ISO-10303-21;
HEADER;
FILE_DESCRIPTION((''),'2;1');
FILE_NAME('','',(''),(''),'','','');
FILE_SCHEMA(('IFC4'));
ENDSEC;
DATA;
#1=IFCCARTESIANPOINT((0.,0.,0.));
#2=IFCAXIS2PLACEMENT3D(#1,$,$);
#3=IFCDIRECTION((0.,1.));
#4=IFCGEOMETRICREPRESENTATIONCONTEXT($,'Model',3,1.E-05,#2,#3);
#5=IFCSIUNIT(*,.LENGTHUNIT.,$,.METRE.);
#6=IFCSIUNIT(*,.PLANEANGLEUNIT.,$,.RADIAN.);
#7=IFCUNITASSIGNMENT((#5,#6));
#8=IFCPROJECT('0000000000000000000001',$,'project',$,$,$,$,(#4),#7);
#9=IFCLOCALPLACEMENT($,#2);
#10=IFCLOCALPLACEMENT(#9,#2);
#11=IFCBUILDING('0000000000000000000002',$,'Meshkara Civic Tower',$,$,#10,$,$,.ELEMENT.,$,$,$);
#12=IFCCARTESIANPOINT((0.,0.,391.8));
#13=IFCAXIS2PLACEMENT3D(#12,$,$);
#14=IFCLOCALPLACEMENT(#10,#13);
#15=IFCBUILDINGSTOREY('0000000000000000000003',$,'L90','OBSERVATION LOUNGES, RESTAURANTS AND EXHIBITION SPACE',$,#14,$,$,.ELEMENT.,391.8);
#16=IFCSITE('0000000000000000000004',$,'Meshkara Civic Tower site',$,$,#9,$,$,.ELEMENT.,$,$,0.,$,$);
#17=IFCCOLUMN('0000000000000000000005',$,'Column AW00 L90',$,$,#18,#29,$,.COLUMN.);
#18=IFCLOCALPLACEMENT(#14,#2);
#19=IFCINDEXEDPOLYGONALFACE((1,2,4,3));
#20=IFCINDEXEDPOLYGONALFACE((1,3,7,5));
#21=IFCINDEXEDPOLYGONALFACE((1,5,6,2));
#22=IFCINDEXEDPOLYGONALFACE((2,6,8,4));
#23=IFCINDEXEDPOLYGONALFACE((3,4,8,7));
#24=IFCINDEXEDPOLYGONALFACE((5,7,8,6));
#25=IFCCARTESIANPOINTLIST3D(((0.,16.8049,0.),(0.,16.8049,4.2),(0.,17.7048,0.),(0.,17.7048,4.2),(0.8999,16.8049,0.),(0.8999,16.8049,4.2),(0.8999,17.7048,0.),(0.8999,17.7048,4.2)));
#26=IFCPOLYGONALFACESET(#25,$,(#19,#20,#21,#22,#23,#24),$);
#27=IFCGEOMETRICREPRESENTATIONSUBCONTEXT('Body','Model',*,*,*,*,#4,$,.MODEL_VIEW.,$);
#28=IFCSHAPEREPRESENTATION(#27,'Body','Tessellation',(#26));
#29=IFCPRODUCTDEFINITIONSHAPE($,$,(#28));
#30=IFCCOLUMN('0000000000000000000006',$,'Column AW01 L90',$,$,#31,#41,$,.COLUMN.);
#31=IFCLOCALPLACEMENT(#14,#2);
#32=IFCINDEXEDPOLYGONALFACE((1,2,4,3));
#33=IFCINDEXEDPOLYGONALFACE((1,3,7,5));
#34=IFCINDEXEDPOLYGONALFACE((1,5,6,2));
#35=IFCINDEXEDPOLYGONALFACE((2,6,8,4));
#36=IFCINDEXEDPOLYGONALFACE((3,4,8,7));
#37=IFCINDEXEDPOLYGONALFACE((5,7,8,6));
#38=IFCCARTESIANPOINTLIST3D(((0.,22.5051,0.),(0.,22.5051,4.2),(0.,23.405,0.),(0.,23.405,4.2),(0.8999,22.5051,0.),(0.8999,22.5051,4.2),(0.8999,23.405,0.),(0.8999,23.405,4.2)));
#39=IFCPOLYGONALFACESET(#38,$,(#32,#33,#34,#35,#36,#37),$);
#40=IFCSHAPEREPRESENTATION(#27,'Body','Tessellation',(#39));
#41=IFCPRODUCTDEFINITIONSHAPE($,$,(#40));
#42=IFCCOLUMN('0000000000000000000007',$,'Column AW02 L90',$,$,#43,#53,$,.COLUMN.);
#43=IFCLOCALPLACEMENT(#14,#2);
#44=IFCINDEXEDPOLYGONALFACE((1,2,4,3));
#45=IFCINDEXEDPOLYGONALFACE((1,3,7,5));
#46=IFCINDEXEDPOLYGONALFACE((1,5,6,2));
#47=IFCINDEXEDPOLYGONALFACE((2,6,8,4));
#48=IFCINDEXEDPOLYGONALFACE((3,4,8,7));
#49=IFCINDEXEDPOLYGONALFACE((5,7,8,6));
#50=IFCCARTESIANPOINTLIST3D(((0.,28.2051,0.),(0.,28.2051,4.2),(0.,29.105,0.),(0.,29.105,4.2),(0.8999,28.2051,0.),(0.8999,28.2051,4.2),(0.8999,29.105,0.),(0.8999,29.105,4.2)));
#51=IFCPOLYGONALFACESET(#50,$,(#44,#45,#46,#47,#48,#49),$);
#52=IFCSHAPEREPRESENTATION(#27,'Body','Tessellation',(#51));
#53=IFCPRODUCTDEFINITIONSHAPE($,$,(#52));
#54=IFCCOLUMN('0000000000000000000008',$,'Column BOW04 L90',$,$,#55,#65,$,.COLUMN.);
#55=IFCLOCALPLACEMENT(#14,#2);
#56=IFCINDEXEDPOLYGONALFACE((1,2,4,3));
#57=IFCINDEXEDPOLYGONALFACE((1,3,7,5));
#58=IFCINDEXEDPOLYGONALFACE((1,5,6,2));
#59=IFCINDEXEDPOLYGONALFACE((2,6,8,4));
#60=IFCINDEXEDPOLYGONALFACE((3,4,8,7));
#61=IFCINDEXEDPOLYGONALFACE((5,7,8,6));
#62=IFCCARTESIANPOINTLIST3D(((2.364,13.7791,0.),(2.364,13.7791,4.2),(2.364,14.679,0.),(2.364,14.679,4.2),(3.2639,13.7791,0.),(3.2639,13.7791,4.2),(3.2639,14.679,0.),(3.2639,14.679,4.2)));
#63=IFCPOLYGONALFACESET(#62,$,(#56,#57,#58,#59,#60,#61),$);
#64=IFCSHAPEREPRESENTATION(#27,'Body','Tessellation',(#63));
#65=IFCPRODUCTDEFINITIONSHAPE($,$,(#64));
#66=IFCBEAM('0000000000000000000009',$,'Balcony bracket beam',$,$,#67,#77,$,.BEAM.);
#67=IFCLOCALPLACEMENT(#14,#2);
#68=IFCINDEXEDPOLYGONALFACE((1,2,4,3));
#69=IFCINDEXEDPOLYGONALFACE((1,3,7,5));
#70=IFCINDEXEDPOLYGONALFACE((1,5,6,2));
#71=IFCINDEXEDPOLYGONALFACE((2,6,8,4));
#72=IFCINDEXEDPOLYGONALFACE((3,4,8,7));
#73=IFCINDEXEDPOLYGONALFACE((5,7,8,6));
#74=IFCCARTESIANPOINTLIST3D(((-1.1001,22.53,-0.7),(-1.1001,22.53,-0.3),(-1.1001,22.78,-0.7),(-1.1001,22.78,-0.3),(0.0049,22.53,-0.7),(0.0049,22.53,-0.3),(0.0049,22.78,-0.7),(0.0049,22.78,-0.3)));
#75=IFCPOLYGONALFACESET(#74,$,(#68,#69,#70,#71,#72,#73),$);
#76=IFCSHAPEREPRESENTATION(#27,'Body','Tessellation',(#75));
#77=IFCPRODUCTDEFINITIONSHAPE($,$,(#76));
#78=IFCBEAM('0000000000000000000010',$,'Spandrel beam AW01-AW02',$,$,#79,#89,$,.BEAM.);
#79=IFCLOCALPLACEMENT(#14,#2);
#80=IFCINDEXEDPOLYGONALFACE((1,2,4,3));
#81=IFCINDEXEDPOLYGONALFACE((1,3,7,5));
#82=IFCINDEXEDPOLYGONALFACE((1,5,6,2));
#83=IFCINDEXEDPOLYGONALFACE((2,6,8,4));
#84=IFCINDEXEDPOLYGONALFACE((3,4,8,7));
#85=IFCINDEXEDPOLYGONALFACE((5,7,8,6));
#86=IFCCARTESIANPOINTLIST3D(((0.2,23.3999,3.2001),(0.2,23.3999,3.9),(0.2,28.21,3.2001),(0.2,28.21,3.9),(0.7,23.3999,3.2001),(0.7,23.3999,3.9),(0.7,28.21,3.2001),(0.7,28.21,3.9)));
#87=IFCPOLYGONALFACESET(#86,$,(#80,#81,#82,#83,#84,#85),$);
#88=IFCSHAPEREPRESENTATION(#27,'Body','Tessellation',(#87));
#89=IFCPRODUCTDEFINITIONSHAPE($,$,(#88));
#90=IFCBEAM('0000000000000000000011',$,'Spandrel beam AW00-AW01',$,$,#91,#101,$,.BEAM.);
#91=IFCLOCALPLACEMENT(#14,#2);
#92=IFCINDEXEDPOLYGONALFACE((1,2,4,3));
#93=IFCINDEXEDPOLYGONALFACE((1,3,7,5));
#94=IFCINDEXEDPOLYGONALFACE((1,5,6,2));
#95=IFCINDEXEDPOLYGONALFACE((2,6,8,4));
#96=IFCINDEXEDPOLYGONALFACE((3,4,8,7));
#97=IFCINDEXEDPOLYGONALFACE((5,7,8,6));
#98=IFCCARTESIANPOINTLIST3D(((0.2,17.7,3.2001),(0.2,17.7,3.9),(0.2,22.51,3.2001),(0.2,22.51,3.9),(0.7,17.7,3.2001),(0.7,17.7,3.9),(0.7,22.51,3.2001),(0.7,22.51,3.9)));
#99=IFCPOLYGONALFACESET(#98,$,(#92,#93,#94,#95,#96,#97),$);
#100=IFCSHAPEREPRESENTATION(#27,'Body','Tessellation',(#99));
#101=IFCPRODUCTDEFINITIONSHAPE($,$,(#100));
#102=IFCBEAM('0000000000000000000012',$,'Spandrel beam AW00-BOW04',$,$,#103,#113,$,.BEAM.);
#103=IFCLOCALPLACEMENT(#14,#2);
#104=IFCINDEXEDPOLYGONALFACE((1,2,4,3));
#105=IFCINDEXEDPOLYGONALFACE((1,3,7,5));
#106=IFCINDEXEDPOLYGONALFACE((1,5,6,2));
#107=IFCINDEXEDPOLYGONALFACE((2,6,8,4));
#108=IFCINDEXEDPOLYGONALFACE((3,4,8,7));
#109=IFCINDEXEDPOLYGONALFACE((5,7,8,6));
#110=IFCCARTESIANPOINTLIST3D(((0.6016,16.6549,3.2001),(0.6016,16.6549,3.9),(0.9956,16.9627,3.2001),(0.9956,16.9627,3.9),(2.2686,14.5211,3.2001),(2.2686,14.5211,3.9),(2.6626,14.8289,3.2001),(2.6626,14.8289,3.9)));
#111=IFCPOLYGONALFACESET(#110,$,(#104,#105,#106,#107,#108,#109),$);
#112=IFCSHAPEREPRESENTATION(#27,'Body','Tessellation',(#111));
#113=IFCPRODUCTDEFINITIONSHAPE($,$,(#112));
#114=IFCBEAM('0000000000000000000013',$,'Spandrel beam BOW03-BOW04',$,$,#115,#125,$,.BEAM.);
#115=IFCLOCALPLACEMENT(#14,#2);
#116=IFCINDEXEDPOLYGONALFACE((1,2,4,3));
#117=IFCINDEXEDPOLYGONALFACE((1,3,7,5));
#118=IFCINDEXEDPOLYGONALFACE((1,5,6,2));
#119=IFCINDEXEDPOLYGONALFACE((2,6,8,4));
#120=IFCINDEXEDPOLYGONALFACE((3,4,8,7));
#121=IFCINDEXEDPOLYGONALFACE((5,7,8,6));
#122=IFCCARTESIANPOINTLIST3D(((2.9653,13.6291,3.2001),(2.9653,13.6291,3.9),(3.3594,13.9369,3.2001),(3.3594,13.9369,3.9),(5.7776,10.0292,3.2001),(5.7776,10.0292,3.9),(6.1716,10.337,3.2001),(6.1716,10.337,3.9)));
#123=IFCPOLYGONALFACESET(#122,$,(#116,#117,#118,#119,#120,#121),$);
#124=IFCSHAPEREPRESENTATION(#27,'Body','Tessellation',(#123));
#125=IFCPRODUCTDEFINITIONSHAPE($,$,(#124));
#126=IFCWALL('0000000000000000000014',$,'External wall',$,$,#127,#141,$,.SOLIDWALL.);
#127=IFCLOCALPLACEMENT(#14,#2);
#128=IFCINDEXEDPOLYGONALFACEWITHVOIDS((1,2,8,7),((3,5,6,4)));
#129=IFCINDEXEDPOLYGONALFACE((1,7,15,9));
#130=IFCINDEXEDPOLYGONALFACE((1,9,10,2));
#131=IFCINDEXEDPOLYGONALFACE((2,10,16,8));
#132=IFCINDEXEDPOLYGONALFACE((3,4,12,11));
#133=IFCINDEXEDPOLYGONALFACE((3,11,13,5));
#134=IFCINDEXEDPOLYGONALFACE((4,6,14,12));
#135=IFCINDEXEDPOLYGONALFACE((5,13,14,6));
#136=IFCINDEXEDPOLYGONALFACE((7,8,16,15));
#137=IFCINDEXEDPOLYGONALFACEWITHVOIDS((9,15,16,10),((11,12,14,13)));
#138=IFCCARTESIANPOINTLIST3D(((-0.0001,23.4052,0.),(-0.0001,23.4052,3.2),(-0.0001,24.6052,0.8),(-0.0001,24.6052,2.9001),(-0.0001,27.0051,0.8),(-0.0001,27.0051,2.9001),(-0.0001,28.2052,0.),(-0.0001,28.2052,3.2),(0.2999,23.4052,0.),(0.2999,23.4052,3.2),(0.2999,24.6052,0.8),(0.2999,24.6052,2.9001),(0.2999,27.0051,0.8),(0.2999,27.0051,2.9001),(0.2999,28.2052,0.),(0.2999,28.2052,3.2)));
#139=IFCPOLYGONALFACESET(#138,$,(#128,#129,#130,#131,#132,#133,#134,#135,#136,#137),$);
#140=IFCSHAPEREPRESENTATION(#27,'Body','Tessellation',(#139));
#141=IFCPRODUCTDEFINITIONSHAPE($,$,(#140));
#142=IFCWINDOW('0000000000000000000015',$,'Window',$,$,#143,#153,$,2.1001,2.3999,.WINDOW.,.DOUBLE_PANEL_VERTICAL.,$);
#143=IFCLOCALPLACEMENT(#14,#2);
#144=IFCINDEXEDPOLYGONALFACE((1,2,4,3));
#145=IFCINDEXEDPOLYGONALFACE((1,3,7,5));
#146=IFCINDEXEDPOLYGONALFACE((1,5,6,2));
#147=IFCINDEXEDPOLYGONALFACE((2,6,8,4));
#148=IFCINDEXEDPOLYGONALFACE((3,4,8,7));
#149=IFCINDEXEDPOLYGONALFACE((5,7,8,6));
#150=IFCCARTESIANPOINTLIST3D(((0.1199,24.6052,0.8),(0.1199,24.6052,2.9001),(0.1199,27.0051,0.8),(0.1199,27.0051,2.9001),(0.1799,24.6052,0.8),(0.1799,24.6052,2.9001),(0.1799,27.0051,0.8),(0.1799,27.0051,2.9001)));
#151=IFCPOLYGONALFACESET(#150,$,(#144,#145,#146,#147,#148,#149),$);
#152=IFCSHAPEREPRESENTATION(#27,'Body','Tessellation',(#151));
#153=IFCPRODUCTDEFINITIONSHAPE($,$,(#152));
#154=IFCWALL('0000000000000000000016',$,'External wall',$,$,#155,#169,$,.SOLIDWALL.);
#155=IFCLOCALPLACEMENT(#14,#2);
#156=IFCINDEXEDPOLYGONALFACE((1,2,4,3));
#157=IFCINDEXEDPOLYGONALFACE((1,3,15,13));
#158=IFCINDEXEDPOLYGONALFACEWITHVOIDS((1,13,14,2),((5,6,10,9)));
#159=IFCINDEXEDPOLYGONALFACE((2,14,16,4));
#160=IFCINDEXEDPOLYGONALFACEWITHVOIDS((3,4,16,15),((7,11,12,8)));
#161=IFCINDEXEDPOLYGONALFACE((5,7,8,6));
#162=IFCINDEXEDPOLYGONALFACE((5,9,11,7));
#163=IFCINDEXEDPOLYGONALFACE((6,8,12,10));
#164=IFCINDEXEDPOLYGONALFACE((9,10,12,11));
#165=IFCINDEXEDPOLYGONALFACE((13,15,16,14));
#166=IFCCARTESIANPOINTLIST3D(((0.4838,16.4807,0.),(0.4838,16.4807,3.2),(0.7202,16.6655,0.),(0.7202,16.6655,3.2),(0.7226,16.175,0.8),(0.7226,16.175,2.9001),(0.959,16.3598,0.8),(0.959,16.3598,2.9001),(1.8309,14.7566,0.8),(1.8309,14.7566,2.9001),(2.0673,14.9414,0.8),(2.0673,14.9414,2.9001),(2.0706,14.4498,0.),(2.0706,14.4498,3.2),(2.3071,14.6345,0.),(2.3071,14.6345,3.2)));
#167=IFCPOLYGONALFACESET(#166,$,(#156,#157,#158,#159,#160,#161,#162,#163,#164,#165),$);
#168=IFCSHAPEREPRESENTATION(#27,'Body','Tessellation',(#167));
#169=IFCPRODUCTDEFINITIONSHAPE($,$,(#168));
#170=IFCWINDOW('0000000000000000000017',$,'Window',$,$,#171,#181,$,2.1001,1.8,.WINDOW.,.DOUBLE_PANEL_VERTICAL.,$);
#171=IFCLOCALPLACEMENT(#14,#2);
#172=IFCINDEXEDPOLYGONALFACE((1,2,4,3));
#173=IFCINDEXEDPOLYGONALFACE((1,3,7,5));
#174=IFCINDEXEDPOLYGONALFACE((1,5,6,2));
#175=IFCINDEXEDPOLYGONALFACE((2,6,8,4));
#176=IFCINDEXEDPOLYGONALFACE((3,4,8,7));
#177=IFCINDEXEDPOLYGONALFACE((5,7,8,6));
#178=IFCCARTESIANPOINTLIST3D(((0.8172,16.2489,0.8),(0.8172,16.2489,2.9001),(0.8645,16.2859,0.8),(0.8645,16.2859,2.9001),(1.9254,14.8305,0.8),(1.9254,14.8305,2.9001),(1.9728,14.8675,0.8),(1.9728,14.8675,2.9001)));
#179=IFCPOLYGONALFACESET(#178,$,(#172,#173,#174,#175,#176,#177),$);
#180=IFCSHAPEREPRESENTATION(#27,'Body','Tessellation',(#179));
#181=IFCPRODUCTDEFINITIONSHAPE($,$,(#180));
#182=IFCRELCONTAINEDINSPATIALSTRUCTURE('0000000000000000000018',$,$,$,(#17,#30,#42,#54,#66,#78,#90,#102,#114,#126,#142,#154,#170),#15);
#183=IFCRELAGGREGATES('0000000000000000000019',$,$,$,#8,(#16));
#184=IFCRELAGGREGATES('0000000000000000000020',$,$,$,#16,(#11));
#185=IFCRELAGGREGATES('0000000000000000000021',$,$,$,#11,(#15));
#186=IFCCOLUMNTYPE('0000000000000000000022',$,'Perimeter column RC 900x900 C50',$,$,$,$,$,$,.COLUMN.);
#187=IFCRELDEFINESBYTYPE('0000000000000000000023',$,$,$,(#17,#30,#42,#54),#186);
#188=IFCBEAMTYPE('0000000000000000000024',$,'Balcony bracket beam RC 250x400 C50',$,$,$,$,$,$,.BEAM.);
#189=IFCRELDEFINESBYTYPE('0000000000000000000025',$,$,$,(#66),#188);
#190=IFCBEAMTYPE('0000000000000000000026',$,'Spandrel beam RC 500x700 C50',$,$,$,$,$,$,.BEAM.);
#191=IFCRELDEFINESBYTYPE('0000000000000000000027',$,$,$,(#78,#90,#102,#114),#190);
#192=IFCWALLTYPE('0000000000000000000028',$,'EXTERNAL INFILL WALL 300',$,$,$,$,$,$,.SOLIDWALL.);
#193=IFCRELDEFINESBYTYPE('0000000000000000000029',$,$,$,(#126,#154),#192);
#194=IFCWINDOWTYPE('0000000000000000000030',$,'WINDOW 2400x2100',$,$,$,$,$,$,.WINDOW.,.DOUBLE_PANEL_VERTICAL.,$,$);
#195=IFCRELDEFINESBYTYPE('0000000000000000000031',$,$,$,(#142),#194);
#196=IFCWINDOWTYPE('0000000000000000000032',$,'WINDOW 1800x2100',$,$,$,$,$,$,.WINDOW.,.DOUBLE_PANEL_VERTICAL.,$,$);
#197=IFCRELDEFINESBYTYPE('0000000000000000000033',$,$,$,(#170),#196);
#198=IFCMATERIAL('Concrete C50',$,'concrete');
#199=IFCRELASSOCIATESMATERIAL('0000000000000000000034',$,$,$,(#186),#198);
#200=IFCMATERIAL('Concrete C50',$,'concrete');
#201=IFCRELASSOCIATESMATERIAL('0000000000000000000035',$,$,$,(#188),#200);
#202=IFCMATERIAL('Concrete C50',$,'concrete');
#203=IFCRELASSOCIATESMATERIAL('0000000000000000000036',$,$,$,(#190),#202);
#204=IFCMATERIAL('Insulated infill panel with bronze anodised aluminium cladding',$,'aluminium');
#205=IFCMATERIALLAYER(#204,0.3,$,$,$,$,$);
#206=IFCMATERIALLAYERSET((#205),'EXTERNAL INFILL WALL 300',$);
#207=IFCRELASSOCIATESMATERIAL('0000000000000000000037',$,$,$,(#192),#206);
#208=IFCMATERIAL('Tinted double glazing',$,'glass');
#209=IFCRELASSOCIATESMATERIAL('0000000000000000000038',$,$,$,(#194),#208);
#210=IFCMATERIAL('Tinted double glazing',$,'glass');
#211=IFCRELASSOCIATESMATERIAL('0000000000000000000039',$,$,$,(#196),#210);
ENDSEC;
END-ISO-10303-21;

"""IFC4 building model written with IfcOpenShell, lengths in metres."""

from ifc_helpers import new_model, si_unit, direction, frame, frame_2d, origin, origin_2d, place, context, subcontext, project, spatial, rectangle, extrude, material, layer, layer_set, material_profile, profile_set, type_object, element, fill, save


model = new_model("IFC4")

# Units and contexts
model_context = context("Model", 3, precision=1e-05, world=origin(), true_north=direction((0.0, 1.0)))
body_context = subcontext(model_context, "Body", "Model", "MODEL_VIEW")
ifc_project = project(units=[si_unit("LENGTHUNIT", "METRE"), si_unit("PLANEANGLEUNIT", "RADIAN")], contexts=[model_context])

# Site, building, storey
site_placement = place(None, origin())
site = spatial("IfcSite", under=ifc_project, at=site_placement, Name="Meshkara Civic Tower site", CompositionType="ELEMENT", RefElevation=0.0)
building_placement = place(site_placement, origin())
building = spatial("IfcBuilding", under=site, at=building_placement, Name="Meshkara Civic Tower", CompositionType="ELEMENT")
storey_placement = place(building_placement, frame((0.0, 0.0, 391.8)))
storey = spatial("IfcBuildingStorey", under=building, at=storey_placement, Name="L90", Description="OBSERVATION LOUNGES, RESTAURANTS AND EXHIBITION SPACE", CompositionType="ELEMENT", Elevation=391.8)

# Columns
ifc_material_1 = material(Name="Concrete C50", Category="concrete")
ifc_material_profile_1 = material_profile(ifc_material_1, rectangle(XDim=0.8999, YDim=0.8999, at=origin_2d()))
ifc_profile_set_1 = profile_set([ifc_material_profile_1], Name="Concrete C50")
column_type = type_object("IfcColumnType", Name="Perimeter column RC 900x900 C50", PredefinedType="COLUMN", material=ifc_profile_set_1)
for number, where, z_axis, x_axis, name in (
    (1, (0.45, 17.2549, 0.0), (0.0, 0.0, 1.0), (1.0, 0.0, 0.0), "Column AW00 L90"),
    (2, (0.45, 22.9551, 0.0), (0.0, 0.0, 1.0), (1.0, 0.0, 0.0), "Column AW01 L90"),
    (3, (0.45, 28.655, 0.0), (0.0, 0.0, 1.0), (1.0, 0.0, 0.0), "Column AW02 L90"),
    (4, (2.814, 14.229, 0.0), (0.0, 0.0, 1.0), (1.0, 0.0, 0.0), "Column BOW04 L90"),
):
    element("IfcColumn", number, at=place(storey_placement, frame(where, z_axis=z_axis, x_axis=x_axis)), inside=storey, type_object=column_type, Name=name, PredefinedType="COLUMN", context=body_context, shape_type="SweptSolid", body=[
        extrude(rectangle(XDim=0.8999, YDim=0.8999, at=origin_2d()), origin(), (0.0, 0.0, 1.0), 4.2),
    ])

# Beams
ifc_material_2 = material(Name="Concrete C50", Category="concrete")
ifc_material_profile_2 = material_profile(ifc_material_2, rectangle(XDim=0.25, YDim=0.3999, at=origin_2d()))
ifc_profile_set_2 = profile_set([ifc_material_profile_2], Name="Concrete C50")
beam_type_1 = type_object("IfcBeamType", Name="Balcony bracket beam RC 250x400 C50", PredefinedType="BEAM", material=ifc_profile_set_2)
beam_1_placement = place(storey_placement, frame((0.0049, 22.655, -0.5), z_axis=(-1.0, 0.0, 0.0), x_axis=(0.0, -1.0, 0.0)))
element("IfcBeam", 5, at=beam_1_placement, inside=storey, type_object=beam_type_1, Name="Balcony bracket beam", PredefinedType="BEAM", context=body_context, shape_type="SweptSolid", body=[
    extrude(rectangle(XDim=0.25, YDim=0.3999, at=origin_2d()), origin(), (0.0, 0.0, 1.0), 1.105),
])
ifc_material_3 = material(Name="Concrete C50", Category="concrete")
ifc_material_profile_3 = material_profile(ifc_material_3, rectangle(XDim=0.5, YDim=0.7, at=origin_2d()))
ifc_profile_set_3 = profile_set([ifc_material_profile_3], Name="Concrete C50")
beam_type_2 = type_object("IfcBeamType", Name="Spandrel beam RC 500x700 C50", PredefinedType="BEAM", material=ifc_profile_set_3)
for number, where, z_axis, x_axis, name in (
    (6, (0.45, 28.21, 3.55), (0.0, -1.0, 0.0), (1.0, 0.0, 0.0), "Spandrel beam AW01-AW02"),
    (7, (0.45, 22.51, 3.55), (0.0, -1.0, 0.0), (1.0, 0.0, 0.0), "Spandrel beam AW00-AW01"),
):
    element("IfcBeam", number, at=place(storey_placement, frame(where, z_axis=z_axis, x_axis=x_axis)), inside=storey, type_object=beam_type_2, Name=name, PredefinedType="BEAM", context=body_context, shape_type="SweptSolid", body=[
        extrude(rectangle(XDim=0.5, YDim=0.7, at=origin_2d()), origin(), (0.0, 0.0, 1.0), 4.8101),
    ])
beam_2_placement = place(storey_placement, frame((0.7986, 16.8088, 3.55), z_axis=(0.615637, -0.78803, 0.0), x_axis=(0.78803, 0.615637, 0.0)))
element("IfcBeam", 8, at=beam_2_placement, inside=storey, type_object=beam_type_2, Name="Spandrel beam AW00-BOW04", PredefinedType="BEAM", context=body_context, shape_type="SweptSolid", body=[
    extrude(rectangle(XDim=0.5, YDim=0.7, at=origin_2d()), origin(), (0.0, 0.0, 1.0), 2.7078),
])
beam_3_placement = place(storey_placement, frame((3.1624, 13.783, 3.55), z_axis=(0.615626, -0.788038, 0.0), x_axis=(0.788038, 0.615626, 0.0)))
element("IfcBeam", 9, at=beam_3_placement, inside=storey, type_object=beam_type_2, Name="Spandrel beam BOW03-BOW04", PredefinedType="BEAM", context=body_context, shape_type="SweptSolid", body=[
    extrude(rectangle(XDim=0.5, YDim=0.7, at=origin_2d()), origin(), (0.0, 0.0, 1.0), 4.5681),
])

# Walls, openings, windows
ifc_material_4 = material(Name="Insulated infill panel with bronze anodised aluminium cladding", Category="aluminium")
ifc_layer_1 = layer(ifc_material_4, 0.3)
ifc_layer_set_1 = layer_set([ifc_layer_1], Name="EXTERNAL INFILL WALL 300")
wall_type_1 = type_object("IfcWallType", Name="EXTERNAL INFILL WALL 300", PredefinedType="SOLIDWALL", material=ifc_layer_set_1)
wall_1_placement = place(storey_placement, frame((0.1499, 28.2051, 0.0), z_axis=(0.0, 0.0, 1.0), x_axis=(0.0, -1.0, 0.0)))
wall_1 = element("IfcWall", 10, at=wall_1_placement, inside=storey, type_object=wall_type_1, Name="External wall", PredefinedType="SOLIDWALL", context=body_context, shape_type="SweptSolid", body=[
    extrude(rectangle(XDim=4.8, YDim=0.3, at=frame_2d((2.3999, 0.0))), origin(), (0.0, 0.0, 1.0), 3.2),
])
opening_1_placement = place(wall_1_placement, frame((1.2, 0.0, 0.8)))
opening_1 = element("IfcOpeningElement", 11, at=opening_1_placement, cuts=wall_1, PredefinedType="OPENING", context=body_context, shape_type="SweptSolid", body=[
    extrude(rectangle(XDim=2.3999, YDim=2.1001, at=frame_2d((1.2, 1.05))), frame((0.0, 0.1599, 0.0), z_axis=(0.0, -1.0, 0.0), x_axis=(1.0, 0.0, 0.0)), (0.0, 0.0, 1.0), 0.3201),
])
ifc_material_5 = material(Name="Tinted double glazing", Category="glass")
window_type_1 = type_object("IfcWindowType", Name="WINDOW 2400x2100", PartitioningType="DOUBLE_PANEL_VERTICAL", PredefinedType="WINDOW", material=ifc_material_5)
window_1_placement = place(opening_1_placement, origin())
window_1 = element("IfcWindow", 12, at=window_1_placement, inside=storey, type_object=window_type_1, Name="Window", OverallHeight=2.1001, OverallWidth=2.3999, PartitioningType="DOUBLE_PANEL_VERTICAL", PredefinedType="WINDOW", context=body_context, shape_type="SweptSolid", body=[
    extrude(rectangle(XDim=2.3999, YDim=2.1001, at=frame_2d((1.2, 1.05))), frame((0.0, 0.03, 0.0), z_axis=(0.0, -1.0, 0.0), x_axis=(1.0, 0.0, 0.0)), (0.0, 0.0, 1.0), 0.0601),
])
fill(opening_1, window_1)
wall_2_placement = place(storey_placement, frame((0.6021, 16.573, 0.0), z_axis=(0.0, 0.0, 1.0), x_axis=(0.61569, -0.787988, 0.0)))
wall_2 = element("IfcWall", 13, at=wall_2_placement, inside=storey, type_object=wall_type_1, Name="External wall", PredefinedType="SOLIDWALL", context=body_context, shape_type="SweptSolid", body=[
    extrude(rectangle(XDim=2.5774, YDim=0.3, at=frame_2d((1.2886, 0.0))), origin(), (0.0, 0.0, 1.0), 3.2),
])
opening_2_placement = place(wall_2_placement, frame((0.3879, 0.0, 0.8)))
opening_2 = element("IfcOpeningElement", 14, at=opening_2_placement, cuts=wall_2, PredefinedType="OPENING", context=body_context, shape_type="SweptSolid", body=[
    extrude(rectangle(XDim=1.8, YDim=2.1001, at=frame_2d((0.8999, 1.05))), frame((0.0, 0.1599, 0.0), z_axis=(0.0, -1.0, 0.0), x_axis=(1.0, 0.0, 0.0)), (0.0, 0.0, 1.0), 0.3201),
])
ifc_material_6 = material(Name="Tinted double glazing", Category="glass")
window_type_2 = type_object("IfcWindowType", Name="WINDOW 1800x2100", PartitioningType="DOUBLE_PANEL_VERTICAL", PredefinedType="WINDOW", material=ifc_material_6)
window_2_placement = place(opening_2_placement, origin())
window_2 = element("IfcWindow", 15, at=window_2_placement, inside=storey, type_object=window_type_2, Name="Window", OverallHeight=2.1001, OverallWidth=1.8, PartitioningType="DOUBLE_PANEL_VERTICAL", PredefinedType="WINDOW", context=body_context, shape_type="SweptSolid", body=[
    extrude(rectangle(XDim=1.8, YDim=2.1001, at=frame_2d((0.8999, 1.05))), frame((0.0, 0.03, 0.0), z_axis=(0.0, -1.0, 0.0), x_axis=(1.0, 0.0, 0.0)), (0.0, 0.0, 1.0), 0.0601),
])
fill(opening_2, window_2)

save(model, "model.ifc")
